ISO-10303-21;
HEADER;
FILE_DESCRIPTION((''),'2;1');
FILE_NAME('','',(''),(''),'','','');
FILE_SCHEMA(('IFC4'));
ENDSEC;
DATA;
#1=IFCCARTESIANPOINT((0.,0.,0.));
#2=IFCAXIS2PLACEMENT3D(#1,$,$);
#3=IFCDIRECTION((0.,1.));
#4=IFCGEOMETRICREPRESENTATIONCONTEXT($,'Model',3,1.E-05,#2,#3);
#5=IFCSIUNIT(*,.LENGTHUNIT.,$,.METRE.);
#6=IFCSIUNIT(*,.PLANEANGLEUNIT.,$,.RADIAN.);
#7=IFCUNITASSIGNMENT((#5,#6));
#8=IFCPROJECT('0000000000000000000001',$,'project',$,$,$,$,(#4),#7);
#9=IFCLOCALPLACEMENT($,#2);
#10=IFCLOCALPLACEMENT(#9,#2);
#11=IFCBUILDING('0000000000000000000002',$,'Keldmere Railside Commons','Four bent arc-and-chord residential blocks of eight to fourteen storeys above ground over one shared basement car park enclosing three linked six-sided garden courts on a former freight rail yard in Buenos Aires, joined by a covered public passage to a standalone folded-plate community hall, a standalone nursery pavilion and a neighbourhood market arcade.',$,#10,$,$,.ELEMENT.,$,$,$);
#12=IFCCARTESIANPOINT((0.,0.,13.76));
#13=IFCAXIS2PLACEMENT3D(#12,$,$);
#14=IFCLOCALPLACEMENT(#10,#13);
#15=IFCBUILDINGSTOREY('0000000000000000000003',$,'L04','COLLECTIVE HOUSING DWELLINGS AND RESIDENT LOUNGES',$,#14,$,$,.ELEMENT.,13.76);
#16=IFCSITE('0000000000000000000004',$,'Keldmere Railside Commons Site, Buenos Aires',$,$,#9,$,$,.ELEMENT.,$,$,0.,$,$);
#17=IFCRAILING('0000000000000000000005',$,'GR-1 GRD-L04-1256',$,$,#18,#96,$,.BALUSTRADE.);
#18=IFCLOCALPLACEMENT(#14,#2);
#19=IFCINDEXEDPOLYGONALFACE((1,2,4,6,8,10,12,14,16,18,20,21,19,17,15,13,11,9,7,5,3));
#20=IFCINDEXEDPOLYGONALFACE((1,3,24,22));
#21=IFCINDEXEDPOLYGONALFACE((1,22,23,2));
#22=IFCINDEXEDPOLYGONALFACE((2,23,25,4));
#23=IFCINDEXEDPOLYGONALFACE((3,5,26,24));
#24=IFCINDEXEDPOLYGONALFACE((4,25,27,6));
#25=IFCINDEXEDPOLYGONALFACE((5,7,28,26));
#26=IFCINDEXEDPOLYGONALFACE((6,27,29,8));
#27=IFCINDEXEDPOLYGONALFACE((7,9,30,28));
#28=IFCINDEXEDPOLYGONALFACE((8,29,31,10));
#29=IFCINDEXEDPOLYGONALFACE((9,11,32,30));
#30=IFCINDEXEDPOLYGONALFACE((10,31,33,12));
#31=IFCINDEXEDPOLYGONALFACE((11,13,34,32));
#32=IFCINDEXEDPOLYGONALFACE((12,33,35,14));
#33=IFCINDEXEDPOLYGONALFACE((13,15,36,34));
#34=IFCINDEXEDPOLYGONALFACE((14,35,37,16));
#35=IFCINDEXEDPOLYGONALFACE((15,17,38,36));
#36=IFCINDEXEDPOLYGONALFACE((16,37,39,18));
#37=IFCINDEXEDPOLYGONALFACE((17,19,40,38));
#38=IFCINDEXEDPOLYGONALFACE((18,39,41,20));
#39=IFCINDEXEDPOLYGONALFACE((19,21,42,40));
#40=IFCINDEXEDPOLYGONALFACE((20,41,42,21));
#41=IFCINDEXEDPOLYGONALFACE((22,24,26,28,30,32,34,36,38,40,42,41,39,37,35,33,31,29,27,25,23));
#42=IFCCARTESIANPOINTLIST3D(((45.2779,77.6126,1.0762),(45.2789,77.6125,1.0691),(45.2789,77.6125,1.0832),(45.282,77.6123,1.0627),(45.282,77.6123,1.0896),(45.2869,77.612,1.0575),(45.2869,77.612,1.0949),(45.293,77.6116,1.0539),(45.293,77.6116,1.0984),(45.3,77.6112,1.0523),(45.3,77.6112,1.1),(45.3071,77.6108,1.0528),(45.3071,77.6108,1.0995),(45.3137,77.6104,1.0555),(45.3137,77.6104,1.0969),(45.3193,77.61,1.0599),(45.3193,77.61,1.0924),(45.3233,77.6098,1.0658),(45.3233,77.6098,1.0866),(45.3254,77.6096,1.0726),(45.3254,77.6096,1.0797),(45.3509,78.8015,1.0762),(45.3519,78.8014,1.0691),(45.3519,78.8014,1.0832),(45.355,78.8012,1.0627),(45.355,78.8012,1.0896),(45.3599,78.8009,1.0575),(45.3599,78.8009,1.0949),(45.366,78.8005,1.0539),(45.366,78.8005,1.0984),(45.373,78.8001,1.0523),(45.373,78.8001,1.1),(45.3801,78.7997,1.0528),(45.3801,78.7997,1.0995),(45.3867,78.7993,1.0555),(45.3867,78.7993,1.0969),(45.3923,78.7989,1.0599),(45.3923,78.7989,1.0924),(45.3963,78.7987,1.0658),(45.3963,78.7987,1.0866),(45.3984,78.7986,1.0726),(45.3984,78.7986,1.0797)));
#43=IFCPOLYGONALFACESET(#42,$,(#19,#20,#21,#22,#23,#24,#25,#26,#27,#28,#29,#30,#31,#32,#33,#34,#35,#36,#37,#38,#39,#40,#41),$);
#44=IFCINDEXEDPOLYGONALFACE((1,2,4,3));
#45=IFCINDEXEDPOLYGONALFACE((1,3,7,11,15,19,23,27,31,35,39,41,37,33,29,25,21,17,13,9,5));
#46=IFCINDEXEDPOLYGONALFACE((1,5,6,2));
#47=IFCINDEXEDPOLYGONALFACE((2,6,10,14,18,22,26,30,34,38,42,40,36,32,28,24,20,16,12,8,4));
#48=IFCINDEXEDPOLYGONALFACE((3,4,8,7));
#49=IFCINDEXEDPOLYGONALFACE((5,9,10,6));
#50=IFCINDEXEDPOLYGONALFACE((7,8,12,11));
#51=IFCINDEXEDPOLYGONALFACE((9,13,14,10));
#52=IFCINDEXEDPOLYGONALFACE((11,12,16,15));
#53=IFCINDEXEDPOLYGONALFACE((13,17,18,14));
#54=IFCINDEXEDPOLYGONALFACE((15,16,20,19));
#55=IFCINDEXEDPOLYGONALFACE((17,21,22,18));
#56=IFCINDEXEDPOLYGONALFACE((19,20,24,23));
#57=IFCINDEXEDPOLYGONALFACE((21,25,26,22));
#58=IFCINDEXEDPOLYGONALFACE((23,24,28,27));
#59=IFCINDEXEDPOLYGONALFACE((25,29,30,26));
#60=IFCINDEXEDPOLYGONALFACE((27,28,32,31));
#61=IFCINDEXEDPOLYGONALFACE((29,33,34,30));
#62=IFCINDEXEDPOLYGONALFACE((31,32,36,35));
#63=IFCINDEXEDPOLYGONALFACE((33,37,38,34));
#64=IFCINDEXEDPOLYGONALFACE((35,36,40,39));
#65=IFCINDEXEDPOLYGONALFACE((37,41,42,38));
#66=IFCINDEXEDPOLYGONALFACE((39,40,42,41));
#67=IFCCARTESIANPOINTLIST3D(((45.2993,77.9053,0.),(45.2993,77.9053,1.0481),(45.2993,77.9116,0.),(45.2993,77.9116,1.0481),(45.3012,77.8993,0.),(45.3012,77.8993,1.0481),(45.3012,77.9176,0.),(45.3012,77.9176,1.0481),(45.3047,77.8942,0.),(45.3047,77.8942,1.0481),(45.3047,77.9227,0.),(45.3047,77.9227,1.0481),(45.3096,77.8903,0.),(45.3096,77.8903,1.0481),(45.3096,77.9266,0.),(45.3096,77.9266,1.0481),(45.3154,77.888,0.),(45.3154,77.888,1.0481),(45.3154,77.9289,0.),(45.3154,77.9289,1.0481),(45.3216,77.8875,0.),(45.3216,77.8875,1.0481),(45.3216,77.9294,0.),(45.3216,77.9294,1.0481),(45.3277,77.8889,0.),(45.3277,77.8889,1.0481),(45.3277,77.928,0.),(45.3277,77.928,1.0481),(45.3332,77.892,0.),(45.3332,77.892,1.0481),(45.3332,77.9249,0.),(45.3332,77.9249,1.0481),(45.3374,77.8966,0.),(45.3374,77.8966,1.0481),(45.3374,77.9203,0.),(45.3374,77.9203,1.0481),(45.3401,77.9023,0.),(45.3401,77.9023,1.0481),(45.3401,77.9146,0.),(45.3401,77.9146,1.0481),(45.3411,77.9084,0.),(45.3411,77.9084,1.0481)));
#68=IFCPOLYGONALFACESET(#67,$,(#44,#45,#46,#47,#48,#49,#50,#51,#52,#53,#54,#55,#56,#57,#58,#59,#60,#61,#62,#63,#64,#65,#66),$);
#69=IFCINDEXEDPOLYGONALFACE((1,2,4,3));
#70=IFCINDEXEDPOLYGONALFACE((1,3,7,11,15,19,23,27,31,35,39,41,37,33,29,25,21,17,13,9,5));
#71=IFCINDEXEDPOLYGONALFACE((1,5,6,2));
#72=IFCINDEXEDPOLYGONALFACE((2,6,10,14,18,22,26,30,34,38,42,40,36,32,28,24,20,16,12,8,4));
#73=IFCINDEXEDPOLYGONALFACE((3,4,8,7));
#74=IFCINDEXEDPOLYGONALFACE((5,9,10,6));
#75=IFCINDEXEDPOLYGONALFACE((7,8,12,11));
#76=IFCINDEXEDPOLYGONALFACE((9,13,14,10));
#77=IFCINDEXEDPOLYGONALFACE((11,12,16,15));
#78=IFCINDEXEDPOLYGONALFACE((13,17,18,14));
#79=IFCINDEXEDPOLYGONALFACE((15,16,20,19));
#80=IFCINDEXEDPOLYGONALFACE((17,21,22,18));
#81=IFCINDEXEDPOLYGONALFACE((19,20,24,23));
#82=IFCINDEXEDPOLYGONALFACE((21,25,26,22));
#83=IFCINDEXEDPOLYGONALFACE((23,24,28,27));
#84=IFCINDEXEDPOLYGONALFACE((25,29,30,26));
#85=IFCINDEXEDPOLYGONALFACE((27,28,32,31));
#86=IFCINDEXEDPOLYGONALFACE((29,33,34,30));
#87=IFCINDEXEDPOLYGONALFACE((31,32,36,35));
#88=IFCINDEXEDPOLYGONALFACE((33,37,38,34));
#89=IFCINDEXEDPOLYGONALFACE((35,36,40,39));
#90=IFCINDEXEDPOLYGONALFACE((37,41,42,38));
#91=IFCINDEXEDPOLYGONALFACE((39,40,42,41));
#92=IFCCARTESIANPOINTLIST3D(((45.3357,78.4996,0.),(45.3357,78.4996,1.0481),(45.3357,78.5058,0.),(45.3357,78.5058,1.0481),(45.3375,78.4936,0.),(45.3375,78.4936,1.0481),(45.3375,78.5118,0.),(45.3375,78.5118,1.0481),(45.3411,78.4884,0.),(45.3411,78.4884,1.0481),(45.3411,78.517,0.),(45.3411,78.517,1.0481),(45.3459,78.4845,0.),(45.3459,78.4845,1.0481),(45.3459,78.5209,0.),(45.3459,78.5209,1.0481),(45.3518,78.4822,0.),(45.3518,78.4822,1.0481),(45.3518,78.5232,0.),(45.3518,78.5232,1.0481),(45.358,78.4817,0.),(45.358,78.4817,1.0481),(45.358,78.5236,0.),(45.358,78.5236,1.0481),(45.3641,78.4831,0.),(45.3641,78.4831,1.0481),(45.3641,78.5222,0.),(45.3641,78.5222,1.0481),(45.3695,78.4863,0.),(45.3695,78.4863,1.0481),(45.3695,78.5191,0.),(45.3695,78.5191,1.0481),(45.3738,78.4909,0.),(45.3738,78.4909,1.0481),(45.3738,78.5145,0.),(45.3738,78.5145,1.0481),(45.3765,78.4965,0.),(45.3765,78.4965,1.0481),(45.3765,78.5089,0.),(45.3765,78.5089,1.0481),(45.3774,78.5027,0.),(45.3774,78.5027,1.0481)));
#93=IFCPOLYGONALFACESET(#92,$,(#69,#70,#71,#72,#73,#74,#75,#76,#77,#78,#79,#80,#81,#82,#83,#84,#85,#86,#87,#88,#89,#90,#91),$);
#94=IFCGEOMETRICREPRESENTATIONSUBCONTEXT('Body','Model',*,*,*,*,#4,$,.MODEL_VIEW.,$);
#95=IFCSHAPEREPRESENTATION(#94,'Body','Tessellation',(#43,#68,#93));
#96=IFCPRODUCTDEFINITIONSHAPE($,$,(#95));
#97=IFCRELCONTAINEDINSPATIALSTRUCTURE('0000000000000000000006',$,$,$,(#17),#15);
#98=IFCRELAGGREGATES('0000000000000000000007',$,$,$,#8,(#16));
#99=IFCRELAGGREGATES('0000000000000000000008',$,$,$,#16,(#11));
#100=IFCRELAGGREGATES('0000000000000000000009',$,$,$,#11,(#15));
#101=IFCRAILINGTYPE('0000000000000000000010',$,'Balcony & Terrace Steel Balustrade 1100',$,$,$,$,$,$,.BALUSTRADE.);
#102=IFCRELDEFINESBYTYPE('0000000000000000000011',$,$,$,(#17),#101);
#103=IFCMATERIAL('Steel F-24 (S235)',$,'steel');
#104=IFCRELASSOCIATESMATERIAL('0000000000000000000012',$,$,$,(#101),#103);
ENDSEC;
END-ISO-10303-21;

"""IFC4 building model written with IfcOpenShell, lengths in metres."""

from ifc_helpers import new_model, si_unit, direction, frame, origin, origin_2d, place, context, subcontext, project, spatial, circle, extrude, material, type_object, element, save


model = new_model("IFC4")

# Units and contexts
model_context = context("Model", 3, precision=1e-05, world=origin(), true_north=direction((0.0, 1.0)))
body_context = subcontext(model_context, "Body", "Model", "MODEL_VIEW")
ifc_project = project(units=[si_unit("LENGTHUNIT", "METRE"), si_unit("PLANEANGLEUNIT", "RADIAN")], contexts=[model_context])

# Site, building, storey
site_placement = place(None, origin())
site = spatial("IfcSite", under=ifc_project, at=site_placement, Name="Keldmere Railside Commons Site, Buenos Aires", CompositionType="ELEMENT", RefElevation=0.0)
building_placement = place(site_placement, origin())
building = spatial("IfcBuilding", under=site, at=building_placement, Name="Keldmere Railside Commons", Description="Four bent arc-and-chord residential blocks of eight to fourteen storeys above ground over one shared basement car park enclosing three linked six-sided garden courts on a former freight rail yard in Buenos Aires, joined by a covered public passage to a standalone folded-plate community hall, a standalone nursery pavilion and a neighbourhood market arcade.", CompositionType="ELEMENT")
storey_placement = place(building_placement, frame((0.0, 0.0, 13.76)))
storey = spatial("IfcBuildingStorey", under=building, at=storey_placement, Name="L04", Description="COLLECTIVE HOUSING DWELLINGS AND RESIDENT LOUNGES", CompositionType="ELEMENT", Elevation=13.76)

# Railing
ifc_material_1 = material(Name="Steel F-24 (S235)", Category="steel")
railing_type = type_object("IfcRailingType", Name="Balcony & Terrace Steel Balustrade 1100", PredefinedType="BALUSTRADE", material=ifc_material_1)
railing_1_placement = place(storey_placement, frame((45.3018, 77.6111, 0.0)))
element("IfcRailing", 1, at=railing_1_placement, inside=storey, type_object=railing_type, Name="GR-1 GRD-L04-1256", PredefinedType="BALUSTRADE", context=body_context, shape_type="SweptSolid", body=[
    extrude(circle(Radius=0.0239, at=origin_2d()), frame((0.0, 0.0, 1.0762), z_axis=(0.061281, 0.998121, 0.0), x_axis=(-0.998121, 0.061281, 0.0)), (0.0, 0.0, 1.0), 1.1912),
    extrude(circle(Radius=0.021, at=origin_2d()), frame((0.0183, 0.2974, 0.0)), (0.0, 0.0, 1.0), 1.0481),
    extrude(circle(Radius=0.021, at=origin_2d()), frame((0.0547, 0.8916, 0.0)), (0.0, 0.0, 1.0), 1.0481),
])

save(model, "model.ifc")
